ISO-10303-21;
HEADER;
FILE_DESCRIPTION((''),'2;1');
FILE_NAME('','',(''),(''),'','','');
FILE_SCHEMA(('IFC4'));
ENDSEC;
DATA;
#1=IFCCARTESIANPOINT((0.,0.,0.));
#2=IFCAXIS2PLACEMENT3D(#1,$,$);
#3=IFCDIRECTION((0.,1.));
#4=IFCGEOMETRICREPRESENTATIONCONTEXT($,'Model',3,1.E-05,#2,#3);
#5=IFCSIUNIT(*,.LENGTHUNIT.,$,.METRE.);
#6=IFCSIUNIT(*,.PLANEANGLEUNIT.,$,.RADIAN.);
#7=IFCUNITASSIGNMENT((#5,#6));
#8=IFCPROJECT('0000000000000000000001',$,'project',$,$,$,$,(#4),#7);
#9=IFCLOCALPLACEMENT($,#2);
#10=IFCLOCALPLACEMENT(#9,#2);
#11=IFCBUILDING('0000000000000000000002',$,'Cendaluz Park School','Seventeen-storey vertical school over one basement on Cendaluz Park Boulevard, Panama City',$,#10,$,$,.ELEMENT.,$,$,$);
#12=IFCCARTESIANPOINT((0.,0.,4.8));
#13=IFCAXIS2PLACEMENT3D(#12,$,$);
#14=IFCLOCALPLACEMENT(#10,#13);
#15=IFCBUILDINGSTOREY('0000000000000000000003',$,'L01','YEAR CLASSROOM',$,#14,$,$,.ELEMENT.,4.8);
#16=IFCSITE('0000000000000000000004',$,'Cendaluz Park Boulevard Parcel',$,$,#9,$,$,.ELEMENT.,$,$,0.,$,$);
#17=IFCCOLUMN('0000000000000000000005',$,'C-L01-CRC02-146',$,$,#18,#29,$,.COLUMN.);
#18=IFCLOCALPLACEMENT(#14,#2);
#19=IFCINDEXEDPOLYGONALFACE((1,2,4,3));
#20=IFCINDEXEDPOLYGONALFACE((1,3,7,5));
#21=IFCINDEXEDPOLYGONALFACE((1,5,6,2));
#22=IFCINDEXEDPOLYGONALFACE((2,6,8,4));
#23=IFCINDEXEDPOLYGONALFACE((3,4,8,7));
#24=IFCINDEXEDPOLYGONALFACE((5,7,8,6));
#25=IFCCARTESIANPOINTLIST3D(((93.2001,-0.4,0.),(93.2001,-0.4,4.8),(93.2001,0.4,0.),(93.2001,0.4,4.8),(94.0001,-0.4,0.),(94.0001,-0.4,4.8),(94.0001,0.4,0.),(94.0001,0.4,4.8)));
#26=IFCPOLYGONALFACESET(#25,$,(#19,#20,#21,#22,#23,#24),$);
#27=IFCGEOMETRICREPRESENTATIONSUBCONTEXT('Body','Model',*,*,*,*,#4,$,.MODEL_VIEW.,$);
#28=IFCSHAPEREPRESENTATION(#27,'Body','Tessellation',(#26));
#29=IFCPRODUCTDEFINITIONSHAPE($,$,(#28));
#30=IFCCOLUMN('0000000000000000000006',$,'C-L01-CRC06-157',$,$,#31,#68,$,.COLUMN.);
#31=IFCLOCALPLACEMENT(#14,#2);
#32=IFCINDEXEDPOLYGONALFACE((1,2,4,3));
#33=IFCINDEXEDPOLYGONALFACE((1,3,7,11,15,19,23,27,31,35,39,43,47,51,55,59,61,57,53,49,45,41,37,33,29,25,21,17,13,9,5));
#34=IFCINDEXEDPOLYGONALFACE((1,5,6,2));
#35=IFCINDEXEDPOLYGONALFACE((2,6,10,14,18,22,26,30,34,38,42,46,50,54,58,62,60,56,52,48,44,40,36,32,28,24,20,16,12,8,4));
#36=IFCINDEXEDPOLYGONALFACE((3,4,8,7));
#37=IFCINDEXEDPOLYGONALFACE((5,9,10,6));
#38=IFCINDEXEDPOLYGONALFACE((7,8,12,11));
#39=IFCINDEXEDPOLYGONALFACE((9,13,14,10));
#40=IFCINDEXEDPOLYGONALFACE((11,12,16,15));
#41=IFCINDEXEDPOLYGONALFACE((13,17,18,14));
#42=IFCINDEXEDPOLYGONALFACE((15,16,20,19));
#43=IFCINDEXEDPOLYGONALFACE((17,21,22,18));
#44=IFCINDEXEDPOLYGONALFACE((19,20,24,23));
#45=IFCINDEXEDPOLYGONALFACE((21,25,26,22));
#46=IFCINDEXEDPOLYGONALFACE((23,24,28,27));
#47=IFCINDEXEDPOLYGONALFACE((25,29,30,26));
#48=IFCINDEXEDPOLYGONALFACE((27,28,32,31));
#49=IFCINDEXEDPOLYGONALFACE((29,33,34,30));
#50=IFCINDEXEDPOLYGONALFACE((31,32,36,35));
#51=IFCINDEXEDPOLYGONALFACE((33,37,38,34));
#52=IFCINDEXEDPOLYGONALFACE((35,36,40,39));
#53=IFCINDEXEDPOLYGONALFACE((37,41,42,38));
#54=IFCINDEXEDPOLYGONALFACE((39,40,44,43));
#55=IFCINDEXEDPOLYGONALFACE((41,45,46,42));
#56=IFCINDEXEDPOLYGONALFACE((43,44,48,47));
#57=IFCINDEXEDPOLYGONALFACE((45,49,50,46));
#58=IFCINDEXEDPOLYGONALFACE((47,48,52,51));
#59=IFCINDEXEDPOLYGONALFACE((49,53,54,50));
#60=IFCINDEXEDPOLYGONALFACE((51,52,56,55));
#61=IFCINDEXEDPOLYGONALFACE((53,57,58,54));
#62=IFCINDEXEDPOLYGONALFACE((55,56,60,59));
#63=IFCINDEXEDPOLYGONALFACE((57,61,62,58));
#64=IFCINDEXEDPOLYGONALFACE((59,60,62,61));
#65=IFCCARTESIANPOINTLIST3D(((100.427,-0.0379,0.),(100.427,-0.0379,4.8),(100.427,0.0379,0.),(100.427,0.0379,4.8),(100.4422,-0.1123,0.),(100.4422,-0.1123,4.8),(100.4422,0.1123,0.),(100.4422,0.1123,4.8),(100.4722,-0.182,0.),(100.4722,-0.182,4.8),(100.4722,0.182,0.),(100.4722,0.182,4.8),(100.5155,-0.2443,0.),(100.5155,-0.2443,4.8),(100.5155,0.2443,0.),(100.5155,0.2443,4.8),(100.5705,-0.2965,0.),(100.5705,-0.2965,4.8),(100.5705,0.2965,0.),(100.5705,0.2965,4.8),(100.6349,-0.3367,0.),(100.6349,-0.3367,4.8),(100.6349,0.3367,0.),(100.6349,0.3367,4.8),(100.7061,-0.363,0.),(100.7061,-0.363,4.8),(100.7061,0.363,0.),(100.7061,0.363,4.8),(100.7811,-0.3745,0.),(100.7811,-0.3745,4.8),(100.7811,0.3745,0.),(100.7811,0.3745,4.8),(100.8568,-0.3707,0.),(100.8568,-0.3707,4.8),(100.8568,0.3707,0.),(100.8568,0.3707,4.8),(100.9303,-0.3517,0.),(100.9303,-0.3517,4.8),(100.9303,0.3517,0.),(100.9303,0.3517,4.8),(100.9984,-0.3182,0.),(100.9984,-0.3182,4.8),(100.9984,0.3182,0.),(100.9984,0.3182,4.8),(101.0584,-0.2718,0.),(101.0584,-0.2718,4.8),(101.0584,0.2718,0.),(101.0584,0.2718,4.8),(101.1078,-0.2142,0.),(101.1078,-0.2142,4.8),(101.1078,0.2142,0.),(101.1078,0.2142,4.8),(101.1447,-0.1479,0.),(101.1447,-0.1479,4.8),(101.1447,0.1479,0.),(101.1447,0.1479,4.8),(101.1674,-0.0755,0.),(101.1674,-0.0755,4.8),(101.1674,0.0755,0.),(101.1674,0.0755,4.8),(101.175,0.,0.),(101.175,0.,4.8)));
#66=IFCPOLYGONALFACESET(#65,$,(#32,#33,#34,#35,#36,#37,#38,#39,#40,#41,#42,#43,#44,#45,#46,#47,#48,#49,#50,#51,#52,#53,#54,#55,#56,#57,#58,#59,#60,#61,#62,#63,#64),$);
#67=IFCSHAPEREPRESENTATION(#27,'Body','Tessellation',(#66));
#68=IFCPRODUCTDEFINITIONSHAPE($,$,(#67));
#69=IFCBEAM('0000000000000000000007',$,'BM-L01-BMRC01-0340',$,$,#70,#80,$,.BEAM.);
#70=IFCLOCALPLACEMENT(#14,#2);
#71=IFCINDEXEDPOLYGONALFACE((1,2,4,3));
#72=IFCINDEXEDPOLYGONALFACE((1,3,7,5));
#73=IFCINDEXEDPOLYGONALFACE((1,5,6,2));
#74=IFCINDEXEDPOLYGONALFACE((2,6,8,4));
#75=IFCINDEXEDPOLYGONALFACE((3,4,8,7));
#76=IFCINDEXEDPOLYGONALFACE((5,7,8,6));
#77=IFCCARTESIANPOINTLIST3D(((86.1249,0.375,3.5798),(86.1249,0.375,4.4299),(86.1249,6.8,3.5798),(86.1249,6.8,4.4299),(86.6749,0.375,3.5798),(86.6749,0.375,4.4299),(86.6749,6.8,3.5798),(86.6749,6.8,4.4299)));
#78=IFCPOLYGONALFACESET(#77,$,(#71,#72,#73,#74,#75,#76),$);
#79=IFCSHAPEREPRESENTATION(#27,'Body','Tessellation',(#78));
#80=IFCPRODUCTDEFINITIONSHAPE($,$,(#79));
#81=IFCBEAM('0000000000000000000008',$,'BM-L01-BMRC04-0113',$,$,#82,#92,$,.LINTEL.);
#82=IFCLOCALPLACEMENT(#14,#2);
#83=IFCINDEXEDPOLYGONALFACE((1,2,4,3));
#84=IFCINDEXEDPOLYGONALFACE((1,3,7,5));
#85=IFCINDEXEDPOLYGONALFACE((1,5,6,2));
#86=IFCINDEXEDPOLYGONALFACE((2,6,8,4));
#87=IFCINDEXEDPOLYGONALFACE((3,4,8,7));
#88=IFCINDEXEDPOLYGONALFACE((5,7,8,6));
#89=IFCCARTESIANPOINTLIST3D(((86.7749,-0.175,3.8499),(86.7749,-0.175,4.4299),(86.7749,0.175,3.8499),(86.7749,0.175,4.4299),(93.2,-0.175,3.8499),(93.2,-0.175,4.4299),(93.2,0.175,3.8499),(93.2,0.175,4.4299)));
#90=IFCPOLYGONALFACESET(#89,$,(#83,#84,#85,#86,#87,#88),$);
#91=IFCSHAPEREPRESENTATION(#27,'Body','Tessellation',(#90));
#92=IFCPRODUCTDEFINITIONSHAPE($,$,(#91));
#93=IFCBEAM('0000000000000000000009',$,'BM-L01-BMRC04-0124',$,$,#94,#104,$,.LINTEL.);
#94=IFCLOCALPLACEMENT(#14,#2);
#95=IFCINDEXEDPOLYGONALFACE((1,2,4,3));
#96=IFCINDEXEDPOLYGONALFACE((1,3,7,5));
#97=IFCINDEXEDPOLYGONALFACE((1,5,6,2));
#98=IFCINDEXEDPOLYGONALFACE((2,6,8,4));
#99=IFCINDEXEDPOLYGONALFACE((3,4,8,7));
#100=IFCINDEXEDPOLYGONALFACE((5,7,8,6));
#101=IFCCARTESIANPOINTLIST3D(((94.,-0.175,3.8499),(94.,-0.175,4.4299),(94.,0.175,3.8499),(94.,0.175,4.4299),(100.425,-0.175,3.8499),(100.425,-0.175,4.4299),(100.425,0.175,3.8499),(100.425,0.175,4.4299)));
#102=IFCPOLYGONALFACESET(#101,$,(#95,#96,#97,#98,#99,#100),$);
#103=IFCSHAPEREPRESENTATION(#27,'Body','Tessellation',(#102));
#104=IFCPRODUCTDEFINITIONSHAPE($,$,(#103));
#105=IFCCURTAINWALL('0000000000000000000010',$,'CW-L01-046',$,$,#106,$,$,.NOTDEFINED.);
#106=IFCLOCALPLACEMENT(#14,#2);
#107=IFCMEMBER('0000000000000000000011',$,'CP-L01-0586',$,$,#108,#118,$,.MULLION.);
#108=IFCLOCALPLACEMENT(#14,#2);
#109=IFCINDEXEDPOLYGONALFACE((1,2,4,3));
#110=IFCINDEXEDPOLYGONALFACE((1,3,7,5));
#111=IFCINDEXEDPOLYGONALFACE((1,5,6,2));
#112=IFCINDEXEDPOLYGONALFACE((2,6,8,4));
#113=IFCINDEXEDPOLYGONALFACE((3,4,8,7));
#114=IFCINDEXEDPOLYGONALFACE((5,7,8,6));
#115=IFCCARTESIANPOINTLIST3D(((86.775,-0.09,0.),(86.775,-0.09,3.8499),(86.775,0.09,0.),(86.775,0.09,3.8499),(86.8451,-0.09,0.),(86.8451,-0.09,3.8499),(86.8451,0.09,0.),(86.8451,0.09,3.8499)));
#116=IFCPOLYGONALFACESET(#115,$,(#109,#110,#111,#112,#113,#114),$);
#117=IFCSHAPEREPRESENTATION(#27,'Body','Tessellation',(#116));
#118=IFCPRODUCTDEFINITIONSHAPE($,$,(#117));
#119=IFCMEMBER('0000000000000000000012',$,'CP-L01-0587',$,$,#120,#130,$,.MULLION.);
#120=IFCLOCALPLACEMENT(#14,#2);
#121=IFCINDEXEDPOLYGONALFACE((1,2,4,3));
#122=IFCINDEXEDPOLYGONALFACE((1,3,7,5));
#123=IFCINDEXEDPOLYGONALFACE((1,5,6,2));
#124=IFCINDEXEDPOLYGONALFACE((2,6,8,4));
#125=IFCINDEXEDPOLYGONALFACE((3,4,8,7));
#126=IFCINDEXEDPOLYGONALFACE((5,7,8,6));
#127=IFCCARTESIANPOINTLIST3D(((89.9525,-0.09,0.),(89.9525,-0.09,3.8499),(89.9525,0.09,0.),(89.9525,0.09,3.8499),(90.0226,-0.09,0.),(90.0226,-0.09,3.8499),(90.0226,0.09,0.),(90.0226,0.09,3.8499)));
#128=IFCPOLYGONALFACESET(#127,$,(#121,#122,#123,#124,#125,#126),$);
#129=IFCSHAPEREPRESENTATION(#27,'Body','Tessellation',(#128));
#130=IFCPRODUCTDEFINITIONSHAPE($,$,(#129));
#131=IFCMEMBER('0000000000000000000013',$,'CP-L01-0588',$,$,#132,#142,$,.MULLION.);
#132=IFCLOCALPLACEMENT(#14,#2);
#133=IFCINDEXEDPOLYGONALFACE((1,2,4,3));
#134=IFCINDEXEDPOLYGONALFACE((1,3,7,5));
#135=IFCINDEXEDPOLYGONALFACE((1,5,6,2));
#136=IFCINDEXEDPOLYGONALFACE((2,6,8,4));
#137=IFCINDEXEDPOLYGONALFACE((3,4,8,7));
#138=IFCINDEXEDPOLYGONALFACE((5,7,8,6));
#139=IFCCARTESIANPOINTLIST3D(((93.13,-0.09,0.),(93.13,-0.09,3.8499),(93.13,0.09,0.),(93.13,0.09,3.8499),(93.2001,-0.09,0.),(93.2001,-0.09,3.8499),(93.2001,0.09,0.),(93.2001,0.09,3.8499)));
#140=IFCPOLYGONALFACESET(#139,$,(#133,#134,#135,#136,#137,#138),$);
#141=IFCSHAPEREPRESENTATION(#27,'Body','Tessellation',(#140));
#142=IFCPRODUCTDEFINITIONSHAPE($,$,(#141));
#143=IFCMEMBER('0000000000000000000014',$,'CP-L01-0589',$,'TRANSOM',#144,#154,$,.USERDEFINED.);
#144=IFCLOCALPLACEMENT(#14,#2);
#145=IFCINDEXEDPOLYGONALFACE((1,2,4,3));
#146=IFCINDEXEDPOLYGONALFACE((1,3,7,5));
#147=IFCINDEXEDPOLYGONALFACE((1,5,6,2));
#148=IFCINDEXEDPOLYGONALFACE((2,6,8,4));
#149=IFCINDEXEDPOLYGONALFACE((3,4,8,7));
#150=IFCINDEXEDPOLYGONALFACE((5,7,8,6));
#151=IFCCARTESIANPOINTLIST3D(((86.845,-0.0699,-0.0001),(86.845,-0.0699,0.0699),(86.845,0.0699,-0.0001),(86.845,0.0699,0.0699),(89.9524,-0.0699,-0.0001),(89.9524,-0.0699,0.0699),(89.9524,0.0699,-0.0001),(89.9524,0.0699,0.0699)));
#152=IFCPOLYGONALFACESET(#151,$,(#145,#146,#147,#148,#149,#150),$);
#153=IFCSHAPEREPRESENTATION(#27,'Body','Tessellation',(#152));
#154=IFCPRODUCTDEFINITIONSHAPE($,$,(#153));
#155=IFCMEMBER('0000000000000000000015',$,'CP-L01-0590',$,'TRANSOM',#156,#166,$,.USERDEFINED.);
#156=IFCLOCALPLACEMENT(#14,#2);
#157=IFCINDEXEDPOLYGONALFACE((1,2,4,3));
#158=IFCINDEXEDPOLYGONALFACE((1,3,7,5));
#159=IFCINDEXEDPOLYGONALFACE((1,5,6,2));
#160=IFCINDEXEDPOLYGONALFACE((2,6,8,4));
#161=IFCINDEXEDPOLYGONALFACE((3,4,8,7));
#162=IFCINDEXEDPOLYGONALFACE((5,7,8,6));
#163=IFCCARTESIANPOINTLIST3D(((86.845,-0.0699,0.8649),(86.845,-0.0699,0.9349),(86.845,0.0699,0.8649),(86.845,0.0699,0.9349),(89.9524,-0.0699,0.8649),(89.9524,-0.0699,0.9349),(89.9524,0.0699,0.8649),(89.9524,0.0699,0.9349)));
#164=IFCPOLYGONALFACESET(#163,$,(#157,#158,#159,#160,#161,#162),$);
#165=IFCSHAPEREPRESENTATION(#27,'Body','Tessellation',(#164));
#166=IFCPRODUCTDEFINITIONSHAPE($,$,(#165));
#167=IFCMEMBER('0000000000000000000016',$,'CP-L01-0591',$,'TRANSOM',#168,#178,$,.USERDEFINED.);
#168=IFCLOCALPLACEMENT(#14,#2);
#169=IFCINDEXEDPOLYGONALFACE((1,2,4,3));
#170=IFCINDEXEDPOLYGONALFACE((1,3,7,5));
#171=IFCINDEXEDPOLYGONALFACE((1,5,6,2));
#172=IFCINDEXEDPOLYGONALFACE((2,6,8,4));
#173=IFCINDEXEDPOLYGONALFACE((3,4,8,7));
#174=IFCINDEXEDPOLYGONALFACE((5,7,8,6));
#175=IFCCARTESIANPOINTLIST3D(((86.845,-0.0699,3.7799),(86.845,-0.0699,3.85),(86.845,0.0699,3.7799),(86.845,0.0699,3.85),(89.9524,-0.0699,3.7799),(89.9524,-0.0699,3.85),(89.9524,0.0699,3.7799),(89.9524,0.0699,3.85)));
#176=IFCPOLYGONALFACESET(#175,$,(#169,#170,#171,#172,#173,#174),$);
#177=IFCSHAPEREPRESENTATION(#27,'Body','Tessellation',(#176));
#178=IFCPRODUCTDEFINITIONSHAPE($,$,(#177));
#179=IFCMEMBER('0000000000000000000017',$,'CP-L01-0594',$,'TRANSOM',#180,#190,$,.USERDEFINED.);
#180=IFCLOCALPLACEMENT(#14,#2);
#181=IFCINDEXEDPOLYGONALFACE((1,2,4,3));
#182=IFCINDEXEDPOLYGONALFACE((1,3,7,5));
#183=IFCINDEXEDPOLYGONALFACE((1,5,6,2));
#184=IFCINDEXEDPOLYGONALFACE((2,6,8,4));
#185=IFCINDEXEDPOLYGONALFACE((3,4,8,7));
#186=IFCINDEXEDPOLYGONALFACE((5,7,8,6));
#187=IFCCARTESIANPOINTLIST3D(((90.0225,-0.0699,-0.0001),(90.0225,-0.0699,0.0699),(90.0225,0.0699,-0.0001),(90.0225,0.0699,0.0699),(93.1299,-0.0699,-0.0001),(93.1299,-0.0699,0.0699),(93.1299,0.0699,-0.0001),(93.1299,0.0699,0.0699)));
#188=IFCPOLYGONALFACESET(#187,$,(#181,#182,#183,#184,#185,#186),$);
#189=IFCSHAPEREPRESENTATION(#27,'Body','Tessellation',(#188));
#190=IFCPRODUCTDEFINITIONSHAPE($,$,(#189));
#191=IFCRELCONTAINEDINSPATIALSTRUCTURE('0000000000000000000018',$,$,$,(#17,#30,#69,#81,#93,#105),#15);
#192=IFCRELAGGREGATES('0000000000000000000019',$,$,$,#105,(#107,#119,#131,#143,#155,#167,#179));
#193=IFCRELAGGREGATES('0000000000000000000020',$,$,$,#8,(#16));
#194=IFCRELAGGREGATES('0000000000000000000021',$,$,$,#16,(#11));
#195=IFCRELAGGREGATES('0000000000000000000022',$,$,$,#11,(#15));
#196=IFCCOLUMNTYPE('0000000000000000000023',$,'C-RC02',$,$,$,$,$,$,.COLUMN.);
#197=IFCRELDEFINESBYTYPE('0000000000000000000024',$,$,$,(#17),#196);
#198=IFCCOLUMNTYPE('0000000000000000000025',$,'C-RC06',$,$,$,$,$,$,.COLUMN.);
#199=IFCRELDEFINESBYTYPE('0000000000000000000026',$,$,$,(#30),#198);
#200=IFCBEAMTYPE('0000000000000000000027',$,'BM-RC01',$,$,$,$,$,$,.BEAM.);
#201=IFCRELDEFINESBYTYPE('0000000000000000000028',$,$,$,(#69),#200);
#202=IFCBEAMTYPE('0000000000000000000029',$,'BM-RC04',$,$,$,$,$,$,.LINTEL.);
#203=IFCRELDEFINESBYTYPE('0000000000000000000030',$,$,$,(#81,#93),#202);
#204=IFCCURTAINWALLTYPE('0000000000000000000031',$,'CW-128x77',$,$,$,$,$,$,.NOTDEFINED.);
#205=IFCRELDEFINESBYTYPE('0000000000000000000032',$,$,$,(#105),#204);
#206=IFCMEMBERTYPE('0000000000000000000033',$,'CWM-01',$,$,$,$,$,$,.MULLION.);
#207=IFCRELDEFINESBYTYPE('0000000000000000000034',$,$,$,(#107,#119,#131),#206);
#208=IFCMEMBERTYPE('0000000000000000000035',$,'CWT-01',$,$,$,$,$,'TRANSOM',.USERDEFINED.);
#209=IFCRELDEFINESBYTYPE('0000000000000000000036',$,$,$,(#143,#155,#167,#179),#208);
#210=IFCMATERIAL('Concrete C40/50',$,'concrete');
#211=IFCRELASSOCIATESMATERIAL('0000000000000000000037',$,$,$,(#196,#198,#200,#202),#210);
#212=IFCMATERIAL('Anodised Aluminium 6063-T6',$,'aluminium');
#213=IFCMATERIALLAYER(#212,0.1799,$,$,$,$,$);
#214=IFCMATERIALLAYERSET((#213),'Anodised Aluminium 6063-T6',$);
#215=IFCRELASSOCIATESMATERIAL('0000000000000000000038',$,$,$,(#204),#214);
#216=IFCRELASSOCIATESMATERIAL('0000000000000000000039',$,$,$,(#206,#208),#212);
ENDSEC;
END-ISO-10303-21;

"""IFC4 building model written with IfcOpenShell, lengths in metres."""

from ifc_helpers import new_model, si_unit, direction, frame, origin, origin_2d, place, context, subcontext, project, spatial, rectangle, circle, extrude, material, layer, layer_set, material_profile, profile_set, type_object, element, aggregate, save


model = new_model("IFC4")

# Units and contexts
model_context = context("Model", 3, precision=1e-05, world=origin(), true_north=direction((0.0, 1.0)))
body_context = subcontext(model_context, "Body", "Model", "MODEL_VIEW")
ifc_project = project(units=[si_unit("LENGTHUNIT", "METRE"), si_unit("PLANEANGLEUNIT", "RADIAN")], contexts=[model_context])

# Site, building, storey
site_placement = place(None, origin())
site = spatial("IfcSite", under=ifc_project, at=site_placement, Name="Cendaluz Park Boulevard Parcel", CompositionType="ELEMENT", RefElevation=0.0)
building_placement = place(site_placement, origin())
building = spatial("IfcBuilding", under=site, at=building_placement, Name="Cendaluz Park School", Description="Seventeen-storey vertical school over one basement on Cendaluz Park Boulevard, Panama City", CompositionType="ELEMENT")
storey_placement = place(building_placement, frame((0.0, 0.0, 4.8)))
storey = spatial("IfcBuildingStorey", under=building, at=storey_placement, Name="L01", Description="YEAR CLASSROOM", CompositionType="ELEMENT", Elevation=4.8)

# Columns
ifc_material_1 = material(Name="Concrete C40/50", Category="concrete")
ifc_material_profile_1 = material_profile(ifc_material_1, rectangle(XDim=0.8, YDim=0.8, at=origin_2d()), Name="RC 800x800", Category="concrete")
ifc_profile_set_1 = profile_set([ifc_material_profile_1], Name="Concrete C40/50")
column_type_1 = type_object("IfcColumnType", Name="C-RC02", PredefinedType="COLUMN", material=ifc_profile_set_1)
column_1_placement = place(storey_placement, frame((93.6001, 0.0, 0.0), z_axis=(0.0, 0.0, 1.0), x_axis=(1.0, 0.0, 0.0)))
element("IfcColumn", 1, at=column_1_placement, inside=storey, type_object=column_type_1, Name="C-L01-CRC02-146", PredefinedType="COLUMN", context=body_context, shape_type="SweptSolid", body=[
    extrude(rectangle(XDim=0.8, YDim=0.8, at=origin_2d()), origin(), (0.0, 0.0, 1.0), 4.8),
])
ifc_material_profile_2 = material_profile(ifc_material_1, circle(Radius=0.375, at=origin_2d()), Name="RC D750", Category="concrete")
ifc_profile_set_2 = profile_set([ifc_material_profile_2], Name="Concrete C40/50")
column_type_2 = type_object("IfcColumnType", Name="C-RC06", PredefinedType="COLUMN", material=ifc_profile_set_2)
column_2_placement = place(storey_placement, frame((100.8, 0.0, 0.0), z_axis=(0.0, 0.0, 1.0), x_axis=(1.0, 0.0, 0.0)))
element("IfcColumn", 2, at=column_2_placement, inside=storey, type_object=column_type_2, Name="C-L01-CRC06-157", PredefinedType="COLUMN", context=body_context, shape_type="SweptSolid", body=[
    extrude(circle(Radius=0.375, at=origin_2d()), origin(), (0.0, 0.0, 1.0), 4.8),
])

# Beams
ifc_material_profile_3 = material_profile(ifc_material_1, rectangle(XDim=0.55, YDim=0.8501, at=origin_2d()), Name="RC 550x850", Category="concrete")
ifc_profile_set_3 = profile_set([ifc_material_profile_3], Name="Concrete C40/50")
beam_type_1 = type_object("IfcBeamType", Name="BM-RC01", PredefinedType="BEAM", material=ifc_profile_set_3)
beam_placement = place(storey_placement, frame((86.3999, 0.375, 4.0049), z_axis=(0.0, 1.0, 0.0), x_axis=(-1.0, 0.0, 0.0)))
element("IfcBeam", 3, at=beam_placement, inside=storey, type_object=beam_type_1, Name="BM-L01-BMRC01-0340", PredefinedType="BEAM", context=body_context, shape_type="SweptSolid", body=[
    extrude(rectangle(XDim=0.55, YDim=0.8501, at=origin_2d()), origin(), (0.0, 0.0, 1.0), 6.425),
])
ifc_material_profile_4 = material_profile(ifc_material_1, rectangle(XDim=0.3501, YDim=0.5801, at=origin_2d()), Name="RC 350x580", Category="concrete")
ifc_profile_set_4 = profile_set([ifc_material_profile_4], Name="Concrete C40/50")
beam_type_2 = type_object("IfcBeamType", Name="BM-RC04", PredefinedType="LINTEL", material=ifc_profile_set_4)
for number, where, z_axis, x_axis, name in (
    (4, (86.7749, 0.0, 4.1399), (1.0, 0.0, 0.0), (0.0, 1.0, 0.0), "BM-L01-BMRC04-0113"),
    (5, (94.0, 0.0, 4.1399), (1.0, 0.0, 0.0), (0.0, 1.0, 0.0), "BM-L01-BMRC04-0124"),
):
    element("IfcBeam", number, at=place(storey_placement, frame(where, z_axis=z_axis, x_axis=x_axis)), inside=storey, type_object=beam_type_2, Name=name, PredefinedType="LINTEL", context=body_context, shape_type="SweptSolid", body=[
        extrude(rectangle(XDim=0.3501, YDim=0.5801, at=origin_2d()), origin(), (0.0, 0.0, 1.0), 6.425),
    ])

# Curtain wall, members
ifc_material_2 = material(Name="Anodised Aluminium 6063-T6", Category="aluminium")
ifc_layer_1 = layer(ifc_material_2, 0.1799)
ifc_layer_set_1 = layer_set([ifc_layer_1], Name="Anodised Aluminium 6063-T6")
curtain_wall_type = type_object("IfcCurtainWallType", Name="CW-128x77", PredefinedType="NOTDEFINED", material=ifc_layer_set_1)
curtain_wall_placement = place(storey_placement, origin())
curtain_wall = element("IfcCurtainWall", 6, at=curtain_wall_placement, inside=storey, type_object=curtain_wall_type, Name="CW-L01-046", PredefinedType="NOTDEFINED")
ifc_material_profile_5 = material_profile(ifc_material_2, rectangle(XDim=0.1799, YDim=0.0701, at=origin_2d()), Name="CWM 180x70", Category="aluminium")
ifc_profile_set_5 = profile_set([ifc_material_profile_5], Name="Anodised Aluminium 6063-T6")
member_type_1 = type_object("IfcMemberType", Name="CWM-01", PredefinedType="MULLION", material=ifc_profile_set_5)
member_1_placement = place(storey_placement, frame((86.8101, 0.0, 0.0), z_axis=(0.0, 0.0, 1.0), x_axis=(0.0, 1.0, 0.0)))
member_1 = element("IfcMember", 7, at=member_1_placement, type_object=member_type_1, Name="CP-L01-0586", PredefinedType="MULLION", context=body_context, shape_type="SweptSolid", body=[
    extrude(rectangle(XDim=0.1799, YDim=0.0701, at=origin_2d()), origin(), (0.0, 0.0, 1.0), 3.8499),
])
member_2_placement = place(storey_placement, frame((89.9875, 0.0, 0.0), z_axis=(0.0, 0.0, 1.0), x_axis=(0.0, 1.0, 0.0)))
member_2 = element("IfcMember", 8, at=member_2_placement, type_object=member_type_1, Name="CP-L01-0587", PredefinedType="MULLION", context=body_context, shape_type="SweptSolid", body=[
    extrude(rectangle(XDim=0.1799, YDim=0.0701, at=origin_2d()), origin(), (0.0, 0.0, 1.0), 3.8499),
])
member_3_placement = place(storey_placement, frame((93.165, 0.0, 0.0), z_axis=(0.0, 0.0, 1.0), x_axis=(0.0, 1.0, 0.0)))
member_3 = element("IfcMember", 9, at=member_3_placement, type_object=member_type_1, Name="CP-L01-0588", PredefinedType="MULLION", context=body_context, shape_type="SweptSolid", body=[
    extrude(rectangle(XDim=0.1799, YDim=0.0701, at=origin_2d()), origin(), (0.0, 0.0, 1.0), 3.8499),
])
ifc_material_profile_6 = material_profile(ifc_material_2, rectangle(XDim=0.1399, YDim=0.0701, at=origin_2d()), Name="CWT 140x70", Category="aluminium")
ifc_profile_set_6 = profile_set([ifc_material_profile_6], Name="Anodised Aluminium 6063-T6")
member_type_2 = type_object("IfcMemberType", Name="CWT-01", ElementType="TRANSOM", PredefinedType="USERDEFINED", material=ifc_profile_set_6)
member_4_placement = place(storey_placement, frame((86.845, 0.0, 0.0349), z_axis=(1.0, 0.0, 0.0), x_axis=(0.0, 1.0, 0.0)))
member_4 = element("IfcMember", 10, at=member_4_placement, type_object=member_type_2, Name="CP-L01-0589", ObjectType="TRANSOM", PredefinedType="USERDEFINED", context=body_context, shape_type="SweptSolid", body=[
    extrude(rectangle(XDim=0.1399, YDim=0.0701, at=origin_2d()), origin(), (0.0, 0.0, 1.0), 3.1074),
])
member_5_placement = place(storey_placement, frame((86.845, 0.0, 0.8999), z_axis=(1.0, 0.0, 0.0), x_axis=(0.0, 1.0, 0.0)))
member_5 = element("IfcMember", 11, at=member_5_placement, type_object=member_type_2, Name="CP-L01-0590", ObjectType="TRANSOM", PredefinedType="USERDEFINED", context=body_context, shape_type="SweptSolid", body=[
    extrude(rectangle(XDim=0.1399, YDim=0.0701, at=origin_2d()), origin(), (0.0, 0.0, 1.0), 3.1074),
])
member_6_placement = place(storey_placement, frame((86.845, 0.0, 3.8149), z_axis=(1.0, 0.0, 0.0), x_axis=(0.0, 1.0, 0.0)))
member_6 = element("IfcMember", 12, at=member_6_placement, type_object=member_type_2, Name="CP-L01-0591", ObjectType="TRANSOM", PredefinedType="USERDEFINED", context=body_context, shape_type="SweptSolid", body=[
    extrude(rectangle(XDim=0.1399, YDim=0.0701, at=origin_2d()), origin(), (0.0, 0.0, 1.0), 3.1074),
])
member_7_placement = place(storey_placement, frame((90.0225, 0.0, 0.0349), z_axis=(1.0, 0.0, 0.0), x_axis=(0.0, 1.0, 0.0)))
member_7 = element("IfcMember", 13, at=member_7_placement, type_object=member_type_2, Name="CP-L01-0594", ObjectType="TRANSOM", PredefinedType="USERDEFINED", context=body_context, shape_type="SweptSolid", body=[
    extrude(rectangle(XDim=0.1399, YDim=0.0701, at=origin_2d()), origin(), (0.0, 0.0, 1.0), 3.1074),
])
aggregate(curtain_wall, [member_1, member_2, member_3, member_4, member_5, member_6, member_7])

save(model, "model.ifc")
